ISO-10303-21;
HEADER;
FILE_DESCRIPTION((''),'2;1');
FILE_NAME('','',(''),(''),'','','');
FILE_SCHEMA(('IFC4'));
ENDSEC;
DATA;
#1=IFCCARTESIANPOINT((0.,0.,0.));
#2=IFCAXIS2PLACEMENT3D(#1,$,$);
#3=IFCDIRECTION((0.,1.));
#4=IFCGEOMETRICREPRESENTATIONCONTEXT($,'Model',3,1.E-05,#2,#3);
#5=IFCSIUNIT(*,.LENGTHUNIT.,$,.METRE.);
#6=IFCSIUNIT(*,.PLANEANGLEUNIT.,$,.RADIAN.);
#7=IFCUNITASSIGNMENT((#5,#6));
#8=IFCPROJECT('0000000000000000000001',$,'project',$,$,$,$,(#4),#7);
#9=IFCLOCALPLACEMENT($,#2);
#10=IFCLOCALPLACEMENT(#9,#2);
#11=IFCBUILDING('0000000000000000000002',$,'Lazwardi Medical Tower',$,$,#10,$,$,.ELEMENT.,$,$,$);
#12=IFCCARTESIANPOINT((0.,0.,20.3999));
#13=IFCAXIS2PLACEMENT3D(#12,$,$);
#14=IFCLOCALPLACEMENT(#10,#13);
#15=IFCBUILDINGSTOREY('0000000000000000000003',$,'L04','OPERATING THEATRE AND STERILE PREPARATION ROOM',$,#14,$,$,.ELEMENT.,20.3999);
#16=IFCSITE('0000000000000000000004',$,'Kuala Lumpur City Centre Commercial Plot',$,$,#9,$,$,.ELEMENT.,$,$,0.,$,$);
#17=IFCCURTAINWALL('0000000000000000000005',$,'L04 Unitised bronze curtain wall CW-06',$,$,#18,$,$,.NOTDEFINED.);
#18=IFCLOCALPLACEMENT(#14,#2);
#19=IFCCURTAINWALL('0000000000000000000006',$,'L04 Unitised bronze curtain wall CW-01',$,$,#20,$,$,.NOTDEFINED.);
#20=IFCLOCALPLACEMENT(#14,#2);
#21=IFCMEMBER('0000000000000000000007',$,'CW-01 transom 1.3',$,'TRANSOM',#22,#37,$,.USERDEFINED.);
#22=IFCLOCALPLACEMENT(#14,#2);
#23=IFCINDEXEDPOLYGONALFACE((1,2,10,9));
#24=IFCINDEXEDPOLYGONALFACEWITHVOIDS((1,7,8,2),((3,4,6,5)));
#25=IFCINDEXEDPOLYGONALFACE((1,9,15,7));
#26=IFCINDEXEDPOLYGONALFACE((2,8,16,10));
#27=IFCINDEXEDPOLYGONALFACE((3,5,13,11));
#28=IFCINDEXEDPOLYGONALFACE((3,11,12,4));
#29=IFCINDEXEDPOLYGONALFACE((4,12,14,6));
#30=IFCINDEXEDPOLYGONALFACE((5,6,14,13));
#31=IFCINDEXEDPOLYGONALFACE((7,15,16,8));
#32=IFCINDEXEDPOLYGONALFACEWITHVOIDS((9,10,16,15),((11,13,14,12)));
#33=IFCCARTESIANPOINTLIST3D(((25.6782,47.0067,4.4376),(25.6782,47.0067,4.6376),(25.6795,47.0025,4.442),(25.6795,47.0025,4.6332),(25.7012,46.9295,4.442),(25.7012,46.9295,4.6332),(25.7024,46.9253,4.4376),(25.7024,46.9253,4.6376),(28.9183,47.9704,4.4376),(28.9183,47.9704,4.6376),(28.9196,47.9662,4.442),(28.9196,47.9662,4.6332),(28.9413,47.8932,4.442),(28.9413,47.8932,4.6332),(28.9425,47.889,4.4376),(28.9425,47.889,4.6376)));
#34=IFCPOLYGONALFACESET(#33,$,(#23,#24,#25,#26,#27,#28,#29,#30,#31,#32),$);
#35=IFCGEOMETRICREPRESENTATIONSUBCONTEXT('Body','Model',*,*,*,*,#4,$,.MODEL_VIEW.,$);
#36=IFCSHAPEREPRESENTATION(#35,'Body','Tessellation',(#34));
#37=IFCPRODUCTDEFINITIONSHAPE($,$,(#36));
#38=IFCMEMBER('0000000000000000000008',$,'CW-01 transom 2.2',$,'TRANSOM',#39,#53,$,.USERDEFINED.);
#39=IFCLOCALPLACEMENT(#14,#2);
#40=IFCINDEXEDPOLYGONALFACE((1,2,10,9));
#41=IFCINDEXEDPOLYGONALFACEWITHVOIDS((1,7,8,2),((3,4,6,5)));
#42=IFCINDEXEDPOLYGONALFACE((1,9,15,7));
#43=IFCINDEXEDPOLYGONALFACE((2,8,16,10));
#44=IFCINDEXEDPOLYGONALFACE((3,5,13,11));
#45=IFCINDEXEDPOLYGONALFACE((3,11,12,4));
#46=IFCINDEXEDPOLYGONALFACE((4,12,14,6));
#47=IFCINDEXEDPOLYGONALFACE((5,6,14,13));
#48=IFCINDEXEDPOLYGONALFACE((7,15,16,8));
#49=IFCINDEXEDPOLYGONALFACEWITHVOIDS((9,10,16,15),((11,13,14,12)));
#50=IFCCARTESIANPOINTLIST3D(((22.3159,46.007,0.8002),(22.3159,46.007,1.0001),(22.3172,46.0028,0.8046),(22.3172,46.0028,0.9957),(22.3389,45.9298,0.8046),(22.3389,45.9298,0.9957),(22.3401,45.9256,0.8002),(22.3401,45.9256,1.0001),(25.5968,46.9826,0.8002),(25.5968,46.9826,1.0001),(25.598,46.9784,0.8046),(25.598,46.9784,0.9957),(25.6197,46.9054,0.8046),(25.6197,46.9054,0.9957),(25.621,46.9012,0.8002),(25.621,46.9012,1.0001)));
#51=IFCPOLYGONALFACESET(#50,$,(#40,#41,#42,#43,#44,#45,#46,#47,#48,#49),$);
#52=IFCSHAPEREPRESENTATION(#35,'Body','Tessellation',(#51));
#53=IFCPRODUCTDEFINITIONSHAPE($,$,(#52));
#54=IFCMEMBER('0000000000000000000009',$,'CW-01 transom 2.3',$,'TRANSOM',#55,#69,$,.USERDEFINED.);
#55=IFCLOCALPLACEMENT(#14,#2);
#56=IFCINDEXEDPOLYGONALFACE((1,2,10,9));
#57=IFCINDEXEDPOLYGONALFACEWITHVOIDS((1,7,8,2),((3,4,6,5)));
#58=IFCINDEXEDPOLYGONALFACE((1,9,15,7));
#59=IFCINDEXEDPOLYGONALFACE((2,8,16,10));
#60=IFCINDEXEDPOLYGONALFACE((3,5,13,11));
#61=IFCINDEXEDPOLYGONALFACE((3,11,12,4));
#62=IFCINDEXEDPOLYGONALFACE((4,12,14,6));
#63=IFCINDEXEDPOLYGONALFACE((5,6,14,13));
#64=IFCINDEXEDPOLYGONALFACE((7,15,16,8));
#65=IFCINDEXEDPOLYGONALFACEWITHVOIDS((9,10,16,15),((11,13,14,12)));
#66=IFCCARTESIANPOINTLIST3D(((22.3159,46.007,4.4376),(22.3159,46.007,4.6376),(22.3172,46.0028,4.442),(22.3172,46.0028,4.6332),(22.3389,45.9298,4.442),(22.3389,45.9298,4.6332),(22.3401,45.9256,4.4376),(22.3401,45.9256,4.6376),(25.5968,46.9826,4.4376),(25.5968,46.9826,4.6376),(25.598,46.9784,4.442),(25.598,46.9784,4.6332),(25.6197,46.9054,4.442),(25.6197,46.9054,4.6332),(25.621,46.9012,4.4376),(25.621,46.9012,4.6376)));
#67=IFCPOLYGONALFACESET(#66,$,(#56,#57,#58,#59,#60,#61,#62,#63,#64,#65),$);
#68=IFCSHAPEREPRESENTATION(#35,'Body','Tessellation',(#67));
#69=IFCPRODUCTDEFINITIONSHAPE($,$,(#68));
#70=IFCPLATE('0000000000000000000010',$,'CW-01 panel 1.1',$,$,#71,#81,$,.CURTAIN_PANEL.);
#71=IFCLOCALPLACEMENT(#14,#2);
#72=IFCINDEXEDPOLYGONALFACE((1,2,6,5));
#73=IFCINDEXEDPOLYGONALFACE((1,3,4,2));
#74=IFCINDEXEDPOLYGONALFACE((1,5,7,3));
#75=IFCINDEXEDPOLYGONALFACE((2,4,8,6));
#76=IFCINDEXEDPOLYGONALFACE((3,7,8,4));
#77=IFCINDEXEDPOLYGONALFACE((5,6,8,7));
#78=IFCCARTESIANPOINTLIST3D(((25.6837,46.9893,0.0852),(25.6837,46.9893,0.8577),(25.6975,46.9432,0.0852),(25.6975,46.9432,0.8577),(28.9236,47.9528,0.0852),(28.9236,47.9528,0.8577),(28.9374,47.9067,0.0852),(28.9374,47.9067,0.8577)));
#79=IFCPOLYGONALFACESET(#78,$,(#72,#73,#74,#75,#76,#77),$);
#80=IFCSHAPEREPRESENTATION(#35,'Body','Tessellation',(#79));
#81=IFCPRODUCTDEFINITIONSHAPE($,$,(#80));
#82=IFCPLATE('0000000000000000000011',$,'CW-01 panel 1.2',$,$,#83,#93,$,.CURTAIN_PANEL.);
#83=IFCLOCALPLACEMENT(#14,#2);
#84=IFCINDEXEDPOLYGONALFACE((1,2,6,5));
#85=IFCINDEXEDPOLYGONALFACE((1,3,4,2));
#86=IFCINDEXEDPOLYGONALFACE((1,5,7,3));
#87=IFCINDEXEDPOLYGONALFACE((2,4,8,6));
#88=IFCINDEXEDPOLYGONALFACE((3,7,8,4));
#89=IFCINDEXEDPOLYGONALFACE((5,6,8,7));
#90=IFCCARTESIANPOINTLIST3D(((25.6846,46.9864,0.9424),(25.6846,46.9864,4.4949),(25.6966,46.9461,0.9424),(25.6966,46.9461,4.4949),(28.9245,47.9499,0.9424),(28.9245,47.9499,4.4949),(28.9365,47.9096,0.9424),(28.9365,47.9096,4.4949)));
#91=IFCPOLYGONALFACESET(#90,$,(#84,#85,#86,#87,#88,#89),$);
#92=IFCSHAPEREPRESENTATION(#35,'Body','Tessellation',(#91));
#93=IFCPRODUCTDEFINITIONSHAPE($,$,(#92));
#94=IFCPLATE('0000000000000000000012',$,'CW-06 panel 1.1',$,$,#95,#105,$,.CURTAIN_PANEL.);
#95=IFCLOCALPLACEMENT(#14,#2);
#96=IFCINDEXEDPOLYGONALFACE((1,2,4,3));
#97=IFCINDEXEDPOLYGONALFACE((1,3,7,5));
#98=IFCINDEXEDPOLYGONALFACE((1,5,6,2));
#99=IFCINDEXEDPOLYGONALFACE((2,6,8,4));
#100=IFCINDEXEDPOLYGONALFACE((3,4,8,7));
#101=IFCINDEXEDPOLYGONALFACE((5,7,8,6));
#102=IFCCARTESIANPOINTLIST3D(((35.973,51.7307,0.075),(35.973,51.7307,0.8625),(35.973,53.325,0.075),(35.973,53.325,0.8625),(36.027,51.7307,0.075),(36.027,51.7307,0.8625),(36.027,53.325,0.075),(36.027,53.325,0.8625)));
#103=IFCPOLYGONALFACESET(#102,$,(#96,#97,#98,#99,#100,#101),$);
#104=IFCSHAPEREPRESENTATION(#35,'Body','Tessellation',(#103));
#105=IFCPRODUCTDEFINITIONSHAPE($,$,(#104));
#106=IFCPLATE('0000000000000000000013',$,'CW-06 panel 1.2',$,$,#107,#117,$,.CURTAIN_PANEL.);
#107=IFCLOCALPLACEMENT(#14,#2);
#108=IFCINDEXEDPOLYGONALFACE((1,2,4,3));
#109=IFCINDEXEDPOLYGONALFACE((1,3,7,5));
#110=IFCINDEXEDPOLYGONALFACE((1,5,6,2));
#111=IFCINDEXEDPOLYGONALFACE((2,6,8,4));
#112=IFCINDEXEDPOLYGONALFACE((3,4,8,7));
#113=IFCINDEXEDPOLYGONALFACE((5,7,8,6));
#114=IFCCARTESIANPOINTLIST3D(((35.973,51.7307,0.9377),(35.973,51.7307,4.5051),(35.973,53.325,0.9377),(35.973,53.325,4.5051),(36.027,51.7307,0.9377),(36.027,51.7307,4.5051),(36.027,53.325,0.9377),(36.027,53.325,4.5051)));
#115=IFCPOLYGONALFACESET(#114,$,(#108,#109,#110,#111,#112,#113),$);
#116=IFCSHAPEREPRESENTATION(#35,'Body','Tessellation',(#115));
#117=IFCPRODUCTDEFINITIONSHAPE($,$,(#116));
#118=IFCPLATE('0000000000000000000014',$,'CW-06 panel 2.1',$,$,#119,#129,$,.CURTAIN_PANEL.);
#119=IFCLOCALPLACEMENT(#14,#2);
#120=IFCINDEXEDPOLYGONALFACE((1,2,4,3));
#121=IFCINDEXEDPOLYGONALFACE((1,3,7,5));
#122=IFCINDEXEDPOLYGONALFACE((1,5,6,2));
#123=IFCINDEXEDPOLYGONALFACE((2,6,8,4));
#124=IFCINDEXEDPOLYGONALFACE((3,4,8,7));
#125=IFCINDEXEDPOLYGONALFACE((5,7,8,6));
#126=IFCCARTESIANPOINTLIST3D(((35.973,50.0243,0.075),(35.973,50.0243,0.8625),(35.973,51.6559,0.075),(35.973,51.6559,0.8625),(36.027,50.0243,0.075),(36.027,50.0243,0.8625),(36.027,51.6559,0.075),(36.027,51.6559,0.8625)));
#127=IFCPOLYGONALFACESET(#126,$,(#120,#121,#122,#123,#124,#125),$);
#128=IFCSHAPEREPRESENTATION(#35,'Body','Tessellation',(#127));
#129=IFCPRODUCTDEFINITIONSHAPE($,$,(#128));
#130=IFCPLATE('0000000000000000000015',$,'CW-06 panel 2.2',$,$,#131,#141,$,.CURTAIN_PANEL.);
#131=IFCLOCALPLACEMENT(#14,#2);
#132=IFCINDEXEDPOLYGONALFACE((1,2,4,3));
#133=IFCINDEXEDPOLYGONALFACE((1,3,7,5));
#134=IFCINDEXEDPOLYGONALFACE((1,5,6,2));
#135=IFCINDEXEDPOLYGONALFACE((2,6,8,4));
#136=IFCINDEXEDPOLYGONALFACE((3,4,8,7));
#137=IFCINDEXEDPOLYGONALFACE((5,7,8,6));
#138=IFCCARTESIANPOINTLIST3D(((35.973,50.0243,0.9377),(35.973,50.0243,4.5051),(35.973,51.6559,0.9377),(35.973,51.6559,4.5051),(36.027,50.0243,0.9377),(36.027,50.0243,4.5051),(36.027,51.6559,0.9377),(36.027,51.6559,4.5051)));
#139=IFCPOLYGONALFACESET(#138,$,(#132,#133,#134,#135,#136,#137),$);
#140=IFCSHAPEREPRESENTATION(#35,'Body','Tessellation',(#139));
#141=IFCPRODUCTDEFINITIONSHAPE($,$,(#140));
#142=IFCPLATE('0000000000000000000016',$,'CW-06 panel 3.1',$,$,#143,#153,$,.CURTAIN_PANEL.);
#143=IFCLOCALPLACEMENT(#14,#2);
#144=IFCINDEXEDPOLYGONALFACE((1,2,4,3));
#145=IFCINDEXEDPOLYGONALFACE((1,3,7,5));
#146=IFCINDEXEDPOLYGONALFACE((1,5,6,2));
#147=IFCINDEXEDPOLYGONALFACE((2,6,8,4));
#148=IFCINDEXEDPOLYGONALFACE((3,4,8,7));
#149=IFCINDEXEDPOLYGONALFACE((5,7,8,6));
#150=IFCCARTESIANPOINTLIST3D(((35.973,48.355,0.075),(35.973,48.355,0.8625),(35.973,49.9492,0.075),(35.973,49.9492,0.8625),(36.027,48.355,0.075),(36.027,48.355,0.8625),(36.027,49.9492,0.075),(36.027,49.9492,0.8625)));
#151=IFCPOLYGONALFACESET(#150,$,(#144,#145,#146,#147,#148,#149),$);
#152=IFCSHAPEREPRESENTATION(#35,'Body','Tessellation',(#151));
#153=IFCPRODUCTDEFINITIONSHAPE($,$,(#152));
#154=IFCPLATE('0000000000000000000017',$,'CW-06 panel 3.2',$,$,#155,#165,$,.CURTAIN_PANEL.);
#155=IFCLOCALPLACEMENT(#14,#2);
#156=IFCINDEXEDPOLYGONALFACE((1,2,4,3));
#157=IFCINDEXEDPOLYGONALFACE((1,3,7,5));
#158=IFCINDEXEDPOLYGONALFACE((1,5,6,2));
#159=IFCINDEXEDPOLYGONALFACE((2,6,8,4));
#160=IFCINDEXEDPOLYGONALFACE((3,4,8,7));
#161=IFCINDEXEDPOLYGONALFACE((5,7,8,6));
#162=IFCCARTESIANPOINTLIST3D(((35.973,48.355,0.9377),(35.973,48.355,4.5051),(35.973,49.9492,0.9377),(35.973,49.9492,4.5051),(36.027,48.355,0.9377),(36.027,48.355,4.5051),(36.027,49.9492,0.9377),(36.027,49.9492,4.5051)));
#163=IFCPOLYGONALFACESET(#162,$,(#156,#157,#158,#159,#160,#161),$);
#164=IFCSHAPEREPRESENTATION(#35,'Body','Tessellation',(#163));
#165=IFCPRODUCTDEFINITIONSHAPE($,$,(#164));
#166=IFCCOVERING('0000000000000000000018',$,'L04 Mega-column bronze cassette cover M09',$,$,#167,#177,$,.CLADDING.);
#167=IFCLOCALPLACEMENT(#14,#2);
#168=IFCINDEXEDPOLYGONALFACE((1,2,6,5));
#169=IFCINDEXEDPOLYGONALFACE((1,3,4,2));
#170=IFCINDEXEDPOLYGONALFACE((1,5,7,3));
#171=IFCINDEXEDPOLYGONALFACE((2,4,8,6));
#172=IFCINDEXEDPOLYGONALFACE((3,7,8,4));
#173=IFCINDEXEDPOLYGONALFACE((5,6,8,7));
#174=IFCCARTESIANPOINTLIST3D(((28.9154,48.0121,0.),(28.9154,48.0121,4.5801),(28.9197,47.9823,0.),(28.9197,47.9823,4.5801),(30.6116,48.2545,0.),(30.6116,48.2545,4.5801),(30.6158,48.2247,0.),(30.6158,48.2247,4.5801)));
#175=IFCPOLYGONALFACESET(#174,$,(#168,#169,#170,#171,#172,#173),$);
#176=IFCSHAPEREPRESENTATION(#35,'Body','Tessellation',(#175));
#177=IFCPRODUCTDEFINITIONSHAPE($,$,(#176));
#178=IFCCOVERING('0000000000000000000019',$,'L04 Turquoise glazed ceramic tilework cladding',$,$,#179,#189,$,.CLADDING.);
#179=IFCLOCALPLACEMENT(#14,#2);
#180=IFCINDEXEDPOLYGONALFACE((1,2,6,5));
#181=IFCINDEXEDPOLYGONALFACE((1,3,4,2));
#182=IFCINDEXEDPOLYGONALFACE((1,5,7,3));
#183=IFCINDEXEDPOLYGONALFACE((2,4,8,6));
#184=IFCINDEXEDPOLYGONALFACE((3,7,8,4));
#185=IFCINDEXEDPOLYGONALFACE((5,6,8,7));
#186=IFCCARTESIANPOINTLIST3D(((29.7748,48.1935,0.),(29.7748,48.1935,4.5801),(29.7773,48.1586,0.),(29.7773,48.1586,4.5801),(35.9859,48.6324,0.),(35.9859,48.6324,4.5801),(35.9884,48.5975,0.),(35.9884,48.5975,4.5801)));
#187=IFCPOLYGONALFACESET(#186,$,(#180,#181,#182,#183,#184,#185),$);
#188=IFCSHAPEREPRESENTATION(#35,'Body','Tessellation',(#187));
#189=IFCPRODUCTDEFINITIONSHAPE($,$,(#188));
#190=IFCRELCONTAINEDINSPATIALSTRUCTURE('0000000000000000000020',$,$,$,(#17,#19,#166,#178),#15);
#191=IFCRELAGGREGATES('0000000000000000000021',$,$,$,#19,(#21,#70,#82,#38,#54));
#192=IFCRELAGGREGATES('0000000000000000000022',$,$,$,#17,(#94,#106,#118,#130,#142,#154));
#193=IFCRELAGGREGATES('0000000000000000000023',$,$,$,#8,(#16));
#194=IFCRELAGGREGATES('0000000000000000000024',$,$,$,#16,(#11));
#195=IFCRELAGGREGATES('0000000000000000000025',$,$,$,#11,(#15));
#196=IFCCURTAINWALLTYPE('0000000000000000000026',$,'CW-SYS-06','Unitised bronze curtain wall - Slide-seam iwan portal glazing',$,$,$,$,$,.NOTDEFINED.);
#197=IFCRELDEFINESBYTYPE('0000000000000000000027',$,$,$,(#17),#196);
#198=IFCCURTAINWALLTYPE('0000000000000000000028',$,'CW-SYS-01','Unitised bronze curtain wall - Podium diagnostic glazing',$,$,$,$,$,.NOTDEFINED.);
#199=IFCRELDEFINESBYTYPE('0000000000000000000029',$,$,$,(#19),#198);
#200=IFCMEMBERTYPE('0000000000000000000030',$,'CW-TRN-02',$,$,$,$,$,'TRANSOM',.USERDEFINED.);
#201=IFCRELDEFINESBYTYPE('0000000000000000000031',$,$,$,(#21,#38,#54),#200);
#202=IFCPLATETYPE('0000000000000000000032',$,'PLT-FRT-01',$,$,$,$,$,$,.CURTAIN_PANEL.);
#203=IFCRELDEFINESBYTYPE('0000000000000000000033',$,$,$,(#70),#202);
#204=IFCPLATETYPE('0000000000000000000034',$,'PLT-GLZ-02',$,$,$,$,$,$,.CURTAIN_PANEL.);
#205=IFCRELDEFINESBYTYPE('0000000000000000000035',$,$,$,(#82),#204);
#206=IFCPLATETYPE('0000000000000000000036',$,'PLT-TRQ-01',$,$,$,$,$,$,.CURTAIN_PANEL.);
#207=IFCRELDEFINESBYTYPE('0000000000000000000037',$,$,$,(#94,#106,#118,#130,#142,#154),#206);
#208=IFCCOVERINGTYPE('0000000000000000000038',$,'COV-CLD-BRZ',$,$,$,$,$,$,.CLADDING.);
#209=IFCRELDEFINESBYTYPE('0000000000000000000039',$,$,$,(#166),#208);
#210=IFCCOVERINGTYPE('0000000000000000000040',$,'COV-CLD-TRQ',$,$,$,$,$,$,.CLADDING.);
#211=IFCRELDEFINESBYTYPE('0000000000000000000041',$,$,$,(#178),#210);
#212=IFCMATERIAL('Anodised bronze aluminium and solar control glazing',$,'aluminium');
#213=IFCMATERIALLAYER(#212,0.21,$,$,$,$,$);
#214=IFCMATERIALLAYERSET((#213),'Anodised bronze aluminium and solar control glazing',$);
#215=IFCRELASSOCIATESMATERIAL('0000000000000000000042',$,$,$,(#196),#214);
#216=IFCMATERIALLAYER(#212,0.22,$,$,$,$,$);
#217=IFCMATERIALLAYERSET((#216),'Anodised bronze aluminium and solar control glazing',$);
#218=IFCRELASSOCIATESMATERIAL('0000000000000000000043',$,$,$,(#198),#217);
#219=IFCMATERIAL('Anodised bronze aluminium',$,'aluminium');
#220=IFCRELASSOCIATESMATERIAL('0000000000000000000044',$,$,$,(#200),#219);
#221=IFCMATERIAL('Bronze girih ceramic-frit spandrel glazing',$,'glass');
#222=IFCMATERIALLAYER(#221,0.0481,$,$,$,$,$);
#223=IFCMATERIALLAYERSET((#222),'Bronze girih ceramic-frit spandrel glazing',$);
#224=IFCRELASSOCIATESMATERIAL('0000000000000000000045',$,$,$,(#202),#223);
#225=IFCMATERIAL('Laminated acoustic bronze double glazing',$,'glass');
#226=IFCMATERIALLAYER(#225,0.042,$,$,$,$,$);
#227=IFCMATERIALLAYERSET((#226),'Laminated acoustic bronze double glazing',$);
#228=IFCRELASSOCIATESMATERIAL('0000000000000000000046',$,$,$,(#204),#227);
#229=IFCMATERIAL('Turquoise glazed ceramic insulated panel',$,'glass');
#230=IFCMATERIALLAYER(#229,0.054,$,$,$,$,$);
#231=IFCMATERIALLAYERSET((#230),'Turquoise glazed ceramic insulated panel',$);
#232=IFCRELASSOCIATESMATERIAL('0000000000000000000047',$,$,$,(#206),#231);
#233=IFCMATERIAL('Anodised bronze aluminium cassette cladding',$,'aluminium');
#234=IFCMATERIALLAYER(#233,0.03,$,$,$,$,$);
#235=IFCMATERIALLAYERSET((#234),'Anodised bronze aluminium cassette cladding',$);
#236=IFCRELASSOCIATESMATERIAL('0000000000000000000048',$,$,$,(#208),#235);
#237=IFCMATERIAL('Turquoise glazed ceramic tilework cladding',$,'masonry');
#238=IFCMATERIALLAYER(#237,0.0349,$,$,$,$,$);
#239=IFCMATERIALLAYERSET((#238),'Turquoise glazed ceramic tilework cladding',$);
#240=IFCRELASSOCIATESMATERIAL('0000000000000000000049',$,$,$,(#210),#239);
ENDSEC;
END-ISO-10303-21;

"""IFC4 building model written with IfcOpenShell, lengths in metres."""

from ifc_helpers import new_model, si_unit, direction, frame, origin, origin_2d, place, context, subcontext, project, spatial, rectangle, hollow_rectangle, extrude, material, layer, layer_set, material_profile, profile_set, type_object, element, aggregate, save


model = new_model("IFC4")

# Units and contexts
model_context = context("Model", 3, precision=1e-05, world=origin(), true_north=direction((0.0, 1.0)))
body_context = subcontext(model_context, "Body", "Model", "MODEL_VIEW")
ifc_project = project(units=[si_unit("LENGTHUNIT", "METRE"), si_unit("PLANEANGLEUNIT", "RADIAN")], contexts=[model_context])

# Site, building, storey
site_placement = place(None, origin())
site = spatial("IfcSite", under=ifc_project, at=site_placement, Name="Kuala Lumpur City Centre Commercial Plot", CompositionType="ELEMENT", RefElevation=0.0)
building_placement = place(site_placement, origin())
building = spatial("IfcBuilding", under=site, at=building_placement, Name="Lazwardi Medical Tower", CompositionType="ELEMENT")
storey_placement = place(building_placement, frame((0.0, 0.0, 20.3999)))
storey = spatial("IfcBuildingStorey", under=building, at=storey_placement, Name="L04", Description="OPERATING THEATRE AND STERILE PREPARATION ROOM", CompositionType="ELEMENT", Elevation=20.3999)

# Curtain walls
ifc_material_1 = material(Name="Anodised bronze aluminium and solar control glazing", Category="aluminium")
ifc_layer_1 = layer(ifc_material_1, 0.21)
ifc_layer_set_1 = layer_set([ifc_layer_1], Name="Anodised bronze aluminium and solar control glazing")
curtain_wall_type_1 = type_object("IfcCurtainWallType", Name="CW-SYS-06", Description="Unitised bronze curtain wall - Slide-seam iwan portal glazing", PredefinedType="NOTDEFINED", material=ifc_layer_set_1)
curtain_wall_1_placement = place(storey_placement, origin())
curtain_wall_1 = element("IfcCurtainWall", 1, at=curtain_wall_1_placement, inside=storey, type_object=curtain_wall_type_1, Name="L04 Unitised bronze curtain wall CW-06", PredefinedType="NOTDEFINED")
ifc_material_2 = material(Name="Anodised bronze aluminium", Category="aluminium")
ifc_layer_2 = layer(ifc_material_1, 0.22)
ifc_layer_set_2 = layer_set([ifc_layer_2], Name="Anodised bronze aluminium and solar control glazing")
curtain_wall_type_2 = type_object("IfcCurtainWallType", Name="CW-SYS-01", Description="Unitised bronze curtain wall - Podium diagnostic glazing", PredefinedType="NOTDEFINED", material=ifc_layer_set_2)
curtain_wall_2_placement = place(storey_placement, origin())
curtain_wall_2 = element("IfcCurtainWall", 2, at=curtain_wall_2_placement, inside=storey, type_object=curtain_wall_type_2, Name="L04 Unitised bronze curtain wall CW-01", PredefinedType="NOTDEFINED")

# Members
ifc_material_profile_1 = material_profile(ifc_material_2, hollow_rectangle(XDim=0.085, YDim=0.2, WallThickness=0.0044, at=origin_2d()), Name="ALU-TRANSOM 200x85x4.5")
ifc_profile_set_1 = profile_set([ifc_material_profile_1], Name="Anodised bronze aluminium")
member_type_1 = type_object("IfcMemberType", Name="CW-TRN-02", ElementType="TRANSOM", PredefinedType="USERDEFINED", material=ifc_profile_set_1)
member_1_placement = place(storey_placement, frame((28.9304, 47.9297, 4.5376), z_axis=(-0.958505, -0.285074, 0.0), x_axis=(0.285074, -0.958505, 0.0)))
member_1 = element("IfcMember", 3, at=member_1_placement, type_object=member_type_1, Name="CW-01 transom 1.3", ObjectType="TRANSOM", PredefinedType="USERDEFINED", context=body_context, shape_type="SweptSolid", body=[
    extrude(hollow_rectangle(XDim=0.085, YDim=0.2, WallThickness=0.0044, at=origin_2d()), origin(), (0.0, 0.0, 1.0), 3.3804),
])
member_2_placement = place(storey_placement, frame((25.6089, 46.9419, 0.9001), z_axis=(-0.958518, -0.28503, 0.0), x_axis=(0.28503, -0.958518, 0.0)))
member_2 = element("IfcMember", 4, at=member_2_placement, type_object=member_type_1, Name="CW-01 transom 2.2", ObjectType="TRANSOM", PredefinedType="USERDEFINED", context=body_context, shape_type="SweptSolid", body=[
    extrude(hollow_rectangle(XDim=0.085, YDim=0.2, WallThickness=0.0044, at=origin_2d()), origin(), (0.0, 0.0, 1.0), 3.4229),
])
member_3_placement = place(storey_placement, frame((25.6089, 46.9419, 4.5376), z_axis=(-0.958518, -0.28503, 0.0), x_axis=(0.28503, -0.958518, 0.0)))
member_3 = element("IfcMember", 5, at=member_3_placement, type_object=member_type_1, Name="CW-01 transom 2.3", ObjectType="TRANSOM", PredefinedType="USERDEFINED", context=body_context, shape_type="SweptSolid", body=[
    extrude(hollow_rectangle(XDim=0.085, YDim=0.2, WallThickness=0.0044, at=origin_2d()), origin(), (0.0, 0.0, 1.0), 3.4229),
])

# Plates
ifc_material_3 = material(Name="Bronze girih ceramic-frit spandrel glazing", Category="glass")
ifc_layer_3 = layer(ifc_material_3, 0.0481)
ifc_layer_set_3 = layer_set([ifc_layer_3], Name="Bronze girih ceramic-frit spandrel glazing")
plate_type_1 = type_object("IfcPlateType", Name="PLT-FRT-01", PredefinedType="CURTAIN_PANEL", material=ifc_layer_set_3)
plate_1_placement = place(storey_placement, frame((27.3105, 47.448, 0.0852), z_axis=(0.0, 0.0, 1.0), x_axis=(-0.958513, -0.285047, 0.0)))
plate_1 = element("IfcPlate", 6, at=plate_1_placement, type_object=plate_type_1, Name="CW-01 panel 1.1", PredefinedType="CURTAIN_PANEL", context=body_context, shape_type="SweptSolid", body=[
    extrude(rectangle(XDim=3.3801, YDim=0.0481, at=origin_2d()), origin(), (0.0, 0.0, 1.0), 0.7725),
])
ifc_material_4 = material(Name="Laminated acoustic bronze double glazing", Category="glass")
ifc_layer_4 = layer(ifc_material_4, 0.042)
ifc_layer_set_4 = layer_set([ifc_layer_4], Name="Laminated acoustic bronze double glazing")
plate_type_2 = type_object("IfcPlateType", Name="PLT-GLZ-02", PredefinedType="CURTAIN_PANEL", material=ifc_layer_set_4)
plate_2_placement = place(storey_placement, frame((27.3105, 47.448, 0.9424), z_axis=(0.0, 0.0, 1.0), x_axis=(-0.958513, -0.285047, 0.0)))
plate_2 = element("IfcPlate", 7, at=plate_2_placement, type_object=plate_type_2, Name="CW-01 panel 1.2", PredefinedType="CURTAIN_PANEL", context=body_context, shape_type="SweptSolid", body=[
    extrude(rectangle(XDim=3.3801, YDim=0.042, at=origin_2d()), origin(), (0.0, 0.0, 1.0), 3.5525),
])
aggregate(curtain_wall_2, [member_1, plate_1, plate_2, member_2, member_3])
ifc_material_5 = material(Name="Turquoise glazed ceramic insulated panel", Category="glass")
ifc_layer_5 = layer(ifc_material_5, 0.054)
ifc_layer_set_5 = layer_set([ifc_layer_5], Name="Turquoise glazed ceramic insulated panel")
plate_type_3 = type_object("IfcPlateType", Name="PLT-TRQ-01", PredefinedType="CURTAIN_PANEL", material=ifc_layer_set_5)
plate_3_placement = place(storey_placement, frame((36.0, 52.5278, 0.075), z_axis=(0.0, 0.0, 1.0), x_axis=(0.0, -1.0, 0.0)))
plate_3 = element("IfcPlate", 8, at=plate_3_placement, type_object=plate_type_3, Name="CW-06 panel 1.1", PredefinedType="CURTAIN_PANEL", context=body_context, shape_type="SweptSolid", body=[
    extrude(rectangle(XDim=1.5942, YDim=0.054, at=origin_2d()), origin(), (0.0, 0.0, 1.0), 0.7876),
])
plate_4_placement = place(storey_placement, frame((36.0, 52.5278, 0.9377), z_axis=(0.0, 0.0, 1.0), x_axis=(0.0, -1.0, 0.0)))
plate_4 = element("IfcPlate", 9, at=plate_4_placement, type_object=plate_type_3, Name="CW-06 panel 1.2", PredefinedType="CURTAIN_PANEL", context=body_context, shape_type="SweptSolid", body=[
    extrude(rectangle(XDim=1.5942, YDim=0.054, at=origin_2d()), origin(), (0.0, 0.0, 1.0), 3.5674),
])
plate_5_placement = place(storey_placement, frame((36.0, 50.8401, 0.075), z_axis=(0.0, 0.0, 1.0), x_axis=(0.0, -1.0, 0.0)))
plate_5 = element("IfcPlate", 10, at=plate_5_placement, type_object=plate_type_3, Name="CW-06 panel 2.1", PredefinedType="CURTAIN_PANEL", context=body_context, shape_type="SweptSolid", body=[
    extrude(rectangle(XDim=1.6316, YDim=0.054, at=origin_2d()), origin(), (0.0, 0.0, 1.0), 0.7876),
])
plate_6_placement = place(storey_placement, frame((36.0, 50.8401, 0.9377), z_axis=(0.0, 0.0, 1.0), x_axis=(0.0, -1.0, 0.0)))
plate_6 = element("IfcPlate", 11, at=plate_6_placement, type_object=plate_type_3, Name="CW-06 panel 2.2", PredefinedType="CURTAIN_PANEL", context=body_context, shape_type="SweptSolid", body=[
    extrude(rectangle(XDim=1.6316, YDim=0.054, at=origin_2d()), origin(), (0.0, 0.0, 1.0), 3.5674),
])
plate_7_placement = place(storey_placement, frame((36.0, 49.1521, 0.075), z_axis=(0.0, 0.0, 1.0), x_axis=(0.0, -1.0, 0.0)))
plate_7 = element("IfcPlate", 12, at=plate_7_placement, type_object=plate_type_3, Name="CW-06 panel 3.1", PredefinedType="CURTAIN_PANEL", context=body_context, shape_type="SweptSolid", body=[
    extrude(rectangle(XDim=1.5942, YDim=0.054, at=origin_2d()), origin(), (0.0, 0.0, 1.0), 0.7876),
])
plate_8_placement = place(storey_placement, frame((36.0, 49.1521, 0.9377), z_axis=(0.0, 0.0, 1.0), x_axis=(0.0, -1.0, 0.0)))
plate_8 = element("IfcPlate", 13, at=plate_8_placement, type_object=plate_type_3, Name="CW-06 panel 3.2", PredefinedType="CURTAIN_PANEL", context=body_context, shape_type="SweptSolid", body=[
    extrude(rectangle(XDim=1.5942, YDim=0.054, at=origin_2d()), origin(), (0.0, 0.0, 1.0), 3.5674),
])
aggregate(curtain_wall_1, [plate_3, plate_4, plate_5, plate_6, plate_7, plate_8])

# Coverings
ifc_material_6 = material(Name="Anodised bronze aluminium cassette cladding", Category="aluminium")
ifc_layer_6 = layer(ifc_material_6, 0.03)
ifc_layer_set_6 = layer_set([ifc_layer_6], Name="Anodised bronze aluminium cassette cladding")
covering_type_1 = type_object("IfcCoveringType", Name="COV-CLD-BRZ", PredefinedType="CLADDING", material=ifc_layer_set_6)
covering_1_placement = place(storey_placement, frame((29.7656, 48.1184, 0.0), z_axis=(0.0, 0.0, 1.0), x_axis=(-0.989943, -0.14147, 0.0)))
element("IfcCovering", 14, at=covering_1_placement, inside=storey, type_object=covering_type_1, Name="L04 Mega-column bronze cassette cover M09", PredefinedType="CLADDING", context=body_context, shape_type="SweptSolid", body=[
    extrude(rectangle(XDim=1.7134, YDim=0.03, at=origin_2d()), origin(), (0.0, 0.0, 1.0), 4.5801),
])
ifc_material_7 = material(Name="Turquoise glazed ceramic tilework cladding", Category="masonry")
ifc_layer_7 = layer(ifc_material_7, 0.0349)
ifc_layer_set_7 = layer_set([ifc_layer_7], Name="Turquoise glazed ceramic tilework cladding")
covering_type_2 = type_object("IfcCoveringType", Name="COV-CLD-TRQ", PredefinedType="CLADDING", material=ifc_layer_set_7)
covering_2_placement = place(storey_placement, frame((32.8816, 48.3955, 0.0), z_axis=(0.0, 0.0, 1.0), x_axis=(-0.997513, -0.070488, 0.0)))
element("IfcCovering", 15, at=covering_2_placement, inside=storey, type_object=covering_type_2, Name="L04 Turquoise glazed ceramic tilework cladding", PredefinedType="CLADDING", context=body_context, shape_type="SweptSolid", body=[
    extrude(rectangle(XDim=6.2266, YDim=0.0349, at=origin_2d()), origin(), (0.0, 0.0, 1.0), 4.5801),
])

save(model, "model.ifc")
